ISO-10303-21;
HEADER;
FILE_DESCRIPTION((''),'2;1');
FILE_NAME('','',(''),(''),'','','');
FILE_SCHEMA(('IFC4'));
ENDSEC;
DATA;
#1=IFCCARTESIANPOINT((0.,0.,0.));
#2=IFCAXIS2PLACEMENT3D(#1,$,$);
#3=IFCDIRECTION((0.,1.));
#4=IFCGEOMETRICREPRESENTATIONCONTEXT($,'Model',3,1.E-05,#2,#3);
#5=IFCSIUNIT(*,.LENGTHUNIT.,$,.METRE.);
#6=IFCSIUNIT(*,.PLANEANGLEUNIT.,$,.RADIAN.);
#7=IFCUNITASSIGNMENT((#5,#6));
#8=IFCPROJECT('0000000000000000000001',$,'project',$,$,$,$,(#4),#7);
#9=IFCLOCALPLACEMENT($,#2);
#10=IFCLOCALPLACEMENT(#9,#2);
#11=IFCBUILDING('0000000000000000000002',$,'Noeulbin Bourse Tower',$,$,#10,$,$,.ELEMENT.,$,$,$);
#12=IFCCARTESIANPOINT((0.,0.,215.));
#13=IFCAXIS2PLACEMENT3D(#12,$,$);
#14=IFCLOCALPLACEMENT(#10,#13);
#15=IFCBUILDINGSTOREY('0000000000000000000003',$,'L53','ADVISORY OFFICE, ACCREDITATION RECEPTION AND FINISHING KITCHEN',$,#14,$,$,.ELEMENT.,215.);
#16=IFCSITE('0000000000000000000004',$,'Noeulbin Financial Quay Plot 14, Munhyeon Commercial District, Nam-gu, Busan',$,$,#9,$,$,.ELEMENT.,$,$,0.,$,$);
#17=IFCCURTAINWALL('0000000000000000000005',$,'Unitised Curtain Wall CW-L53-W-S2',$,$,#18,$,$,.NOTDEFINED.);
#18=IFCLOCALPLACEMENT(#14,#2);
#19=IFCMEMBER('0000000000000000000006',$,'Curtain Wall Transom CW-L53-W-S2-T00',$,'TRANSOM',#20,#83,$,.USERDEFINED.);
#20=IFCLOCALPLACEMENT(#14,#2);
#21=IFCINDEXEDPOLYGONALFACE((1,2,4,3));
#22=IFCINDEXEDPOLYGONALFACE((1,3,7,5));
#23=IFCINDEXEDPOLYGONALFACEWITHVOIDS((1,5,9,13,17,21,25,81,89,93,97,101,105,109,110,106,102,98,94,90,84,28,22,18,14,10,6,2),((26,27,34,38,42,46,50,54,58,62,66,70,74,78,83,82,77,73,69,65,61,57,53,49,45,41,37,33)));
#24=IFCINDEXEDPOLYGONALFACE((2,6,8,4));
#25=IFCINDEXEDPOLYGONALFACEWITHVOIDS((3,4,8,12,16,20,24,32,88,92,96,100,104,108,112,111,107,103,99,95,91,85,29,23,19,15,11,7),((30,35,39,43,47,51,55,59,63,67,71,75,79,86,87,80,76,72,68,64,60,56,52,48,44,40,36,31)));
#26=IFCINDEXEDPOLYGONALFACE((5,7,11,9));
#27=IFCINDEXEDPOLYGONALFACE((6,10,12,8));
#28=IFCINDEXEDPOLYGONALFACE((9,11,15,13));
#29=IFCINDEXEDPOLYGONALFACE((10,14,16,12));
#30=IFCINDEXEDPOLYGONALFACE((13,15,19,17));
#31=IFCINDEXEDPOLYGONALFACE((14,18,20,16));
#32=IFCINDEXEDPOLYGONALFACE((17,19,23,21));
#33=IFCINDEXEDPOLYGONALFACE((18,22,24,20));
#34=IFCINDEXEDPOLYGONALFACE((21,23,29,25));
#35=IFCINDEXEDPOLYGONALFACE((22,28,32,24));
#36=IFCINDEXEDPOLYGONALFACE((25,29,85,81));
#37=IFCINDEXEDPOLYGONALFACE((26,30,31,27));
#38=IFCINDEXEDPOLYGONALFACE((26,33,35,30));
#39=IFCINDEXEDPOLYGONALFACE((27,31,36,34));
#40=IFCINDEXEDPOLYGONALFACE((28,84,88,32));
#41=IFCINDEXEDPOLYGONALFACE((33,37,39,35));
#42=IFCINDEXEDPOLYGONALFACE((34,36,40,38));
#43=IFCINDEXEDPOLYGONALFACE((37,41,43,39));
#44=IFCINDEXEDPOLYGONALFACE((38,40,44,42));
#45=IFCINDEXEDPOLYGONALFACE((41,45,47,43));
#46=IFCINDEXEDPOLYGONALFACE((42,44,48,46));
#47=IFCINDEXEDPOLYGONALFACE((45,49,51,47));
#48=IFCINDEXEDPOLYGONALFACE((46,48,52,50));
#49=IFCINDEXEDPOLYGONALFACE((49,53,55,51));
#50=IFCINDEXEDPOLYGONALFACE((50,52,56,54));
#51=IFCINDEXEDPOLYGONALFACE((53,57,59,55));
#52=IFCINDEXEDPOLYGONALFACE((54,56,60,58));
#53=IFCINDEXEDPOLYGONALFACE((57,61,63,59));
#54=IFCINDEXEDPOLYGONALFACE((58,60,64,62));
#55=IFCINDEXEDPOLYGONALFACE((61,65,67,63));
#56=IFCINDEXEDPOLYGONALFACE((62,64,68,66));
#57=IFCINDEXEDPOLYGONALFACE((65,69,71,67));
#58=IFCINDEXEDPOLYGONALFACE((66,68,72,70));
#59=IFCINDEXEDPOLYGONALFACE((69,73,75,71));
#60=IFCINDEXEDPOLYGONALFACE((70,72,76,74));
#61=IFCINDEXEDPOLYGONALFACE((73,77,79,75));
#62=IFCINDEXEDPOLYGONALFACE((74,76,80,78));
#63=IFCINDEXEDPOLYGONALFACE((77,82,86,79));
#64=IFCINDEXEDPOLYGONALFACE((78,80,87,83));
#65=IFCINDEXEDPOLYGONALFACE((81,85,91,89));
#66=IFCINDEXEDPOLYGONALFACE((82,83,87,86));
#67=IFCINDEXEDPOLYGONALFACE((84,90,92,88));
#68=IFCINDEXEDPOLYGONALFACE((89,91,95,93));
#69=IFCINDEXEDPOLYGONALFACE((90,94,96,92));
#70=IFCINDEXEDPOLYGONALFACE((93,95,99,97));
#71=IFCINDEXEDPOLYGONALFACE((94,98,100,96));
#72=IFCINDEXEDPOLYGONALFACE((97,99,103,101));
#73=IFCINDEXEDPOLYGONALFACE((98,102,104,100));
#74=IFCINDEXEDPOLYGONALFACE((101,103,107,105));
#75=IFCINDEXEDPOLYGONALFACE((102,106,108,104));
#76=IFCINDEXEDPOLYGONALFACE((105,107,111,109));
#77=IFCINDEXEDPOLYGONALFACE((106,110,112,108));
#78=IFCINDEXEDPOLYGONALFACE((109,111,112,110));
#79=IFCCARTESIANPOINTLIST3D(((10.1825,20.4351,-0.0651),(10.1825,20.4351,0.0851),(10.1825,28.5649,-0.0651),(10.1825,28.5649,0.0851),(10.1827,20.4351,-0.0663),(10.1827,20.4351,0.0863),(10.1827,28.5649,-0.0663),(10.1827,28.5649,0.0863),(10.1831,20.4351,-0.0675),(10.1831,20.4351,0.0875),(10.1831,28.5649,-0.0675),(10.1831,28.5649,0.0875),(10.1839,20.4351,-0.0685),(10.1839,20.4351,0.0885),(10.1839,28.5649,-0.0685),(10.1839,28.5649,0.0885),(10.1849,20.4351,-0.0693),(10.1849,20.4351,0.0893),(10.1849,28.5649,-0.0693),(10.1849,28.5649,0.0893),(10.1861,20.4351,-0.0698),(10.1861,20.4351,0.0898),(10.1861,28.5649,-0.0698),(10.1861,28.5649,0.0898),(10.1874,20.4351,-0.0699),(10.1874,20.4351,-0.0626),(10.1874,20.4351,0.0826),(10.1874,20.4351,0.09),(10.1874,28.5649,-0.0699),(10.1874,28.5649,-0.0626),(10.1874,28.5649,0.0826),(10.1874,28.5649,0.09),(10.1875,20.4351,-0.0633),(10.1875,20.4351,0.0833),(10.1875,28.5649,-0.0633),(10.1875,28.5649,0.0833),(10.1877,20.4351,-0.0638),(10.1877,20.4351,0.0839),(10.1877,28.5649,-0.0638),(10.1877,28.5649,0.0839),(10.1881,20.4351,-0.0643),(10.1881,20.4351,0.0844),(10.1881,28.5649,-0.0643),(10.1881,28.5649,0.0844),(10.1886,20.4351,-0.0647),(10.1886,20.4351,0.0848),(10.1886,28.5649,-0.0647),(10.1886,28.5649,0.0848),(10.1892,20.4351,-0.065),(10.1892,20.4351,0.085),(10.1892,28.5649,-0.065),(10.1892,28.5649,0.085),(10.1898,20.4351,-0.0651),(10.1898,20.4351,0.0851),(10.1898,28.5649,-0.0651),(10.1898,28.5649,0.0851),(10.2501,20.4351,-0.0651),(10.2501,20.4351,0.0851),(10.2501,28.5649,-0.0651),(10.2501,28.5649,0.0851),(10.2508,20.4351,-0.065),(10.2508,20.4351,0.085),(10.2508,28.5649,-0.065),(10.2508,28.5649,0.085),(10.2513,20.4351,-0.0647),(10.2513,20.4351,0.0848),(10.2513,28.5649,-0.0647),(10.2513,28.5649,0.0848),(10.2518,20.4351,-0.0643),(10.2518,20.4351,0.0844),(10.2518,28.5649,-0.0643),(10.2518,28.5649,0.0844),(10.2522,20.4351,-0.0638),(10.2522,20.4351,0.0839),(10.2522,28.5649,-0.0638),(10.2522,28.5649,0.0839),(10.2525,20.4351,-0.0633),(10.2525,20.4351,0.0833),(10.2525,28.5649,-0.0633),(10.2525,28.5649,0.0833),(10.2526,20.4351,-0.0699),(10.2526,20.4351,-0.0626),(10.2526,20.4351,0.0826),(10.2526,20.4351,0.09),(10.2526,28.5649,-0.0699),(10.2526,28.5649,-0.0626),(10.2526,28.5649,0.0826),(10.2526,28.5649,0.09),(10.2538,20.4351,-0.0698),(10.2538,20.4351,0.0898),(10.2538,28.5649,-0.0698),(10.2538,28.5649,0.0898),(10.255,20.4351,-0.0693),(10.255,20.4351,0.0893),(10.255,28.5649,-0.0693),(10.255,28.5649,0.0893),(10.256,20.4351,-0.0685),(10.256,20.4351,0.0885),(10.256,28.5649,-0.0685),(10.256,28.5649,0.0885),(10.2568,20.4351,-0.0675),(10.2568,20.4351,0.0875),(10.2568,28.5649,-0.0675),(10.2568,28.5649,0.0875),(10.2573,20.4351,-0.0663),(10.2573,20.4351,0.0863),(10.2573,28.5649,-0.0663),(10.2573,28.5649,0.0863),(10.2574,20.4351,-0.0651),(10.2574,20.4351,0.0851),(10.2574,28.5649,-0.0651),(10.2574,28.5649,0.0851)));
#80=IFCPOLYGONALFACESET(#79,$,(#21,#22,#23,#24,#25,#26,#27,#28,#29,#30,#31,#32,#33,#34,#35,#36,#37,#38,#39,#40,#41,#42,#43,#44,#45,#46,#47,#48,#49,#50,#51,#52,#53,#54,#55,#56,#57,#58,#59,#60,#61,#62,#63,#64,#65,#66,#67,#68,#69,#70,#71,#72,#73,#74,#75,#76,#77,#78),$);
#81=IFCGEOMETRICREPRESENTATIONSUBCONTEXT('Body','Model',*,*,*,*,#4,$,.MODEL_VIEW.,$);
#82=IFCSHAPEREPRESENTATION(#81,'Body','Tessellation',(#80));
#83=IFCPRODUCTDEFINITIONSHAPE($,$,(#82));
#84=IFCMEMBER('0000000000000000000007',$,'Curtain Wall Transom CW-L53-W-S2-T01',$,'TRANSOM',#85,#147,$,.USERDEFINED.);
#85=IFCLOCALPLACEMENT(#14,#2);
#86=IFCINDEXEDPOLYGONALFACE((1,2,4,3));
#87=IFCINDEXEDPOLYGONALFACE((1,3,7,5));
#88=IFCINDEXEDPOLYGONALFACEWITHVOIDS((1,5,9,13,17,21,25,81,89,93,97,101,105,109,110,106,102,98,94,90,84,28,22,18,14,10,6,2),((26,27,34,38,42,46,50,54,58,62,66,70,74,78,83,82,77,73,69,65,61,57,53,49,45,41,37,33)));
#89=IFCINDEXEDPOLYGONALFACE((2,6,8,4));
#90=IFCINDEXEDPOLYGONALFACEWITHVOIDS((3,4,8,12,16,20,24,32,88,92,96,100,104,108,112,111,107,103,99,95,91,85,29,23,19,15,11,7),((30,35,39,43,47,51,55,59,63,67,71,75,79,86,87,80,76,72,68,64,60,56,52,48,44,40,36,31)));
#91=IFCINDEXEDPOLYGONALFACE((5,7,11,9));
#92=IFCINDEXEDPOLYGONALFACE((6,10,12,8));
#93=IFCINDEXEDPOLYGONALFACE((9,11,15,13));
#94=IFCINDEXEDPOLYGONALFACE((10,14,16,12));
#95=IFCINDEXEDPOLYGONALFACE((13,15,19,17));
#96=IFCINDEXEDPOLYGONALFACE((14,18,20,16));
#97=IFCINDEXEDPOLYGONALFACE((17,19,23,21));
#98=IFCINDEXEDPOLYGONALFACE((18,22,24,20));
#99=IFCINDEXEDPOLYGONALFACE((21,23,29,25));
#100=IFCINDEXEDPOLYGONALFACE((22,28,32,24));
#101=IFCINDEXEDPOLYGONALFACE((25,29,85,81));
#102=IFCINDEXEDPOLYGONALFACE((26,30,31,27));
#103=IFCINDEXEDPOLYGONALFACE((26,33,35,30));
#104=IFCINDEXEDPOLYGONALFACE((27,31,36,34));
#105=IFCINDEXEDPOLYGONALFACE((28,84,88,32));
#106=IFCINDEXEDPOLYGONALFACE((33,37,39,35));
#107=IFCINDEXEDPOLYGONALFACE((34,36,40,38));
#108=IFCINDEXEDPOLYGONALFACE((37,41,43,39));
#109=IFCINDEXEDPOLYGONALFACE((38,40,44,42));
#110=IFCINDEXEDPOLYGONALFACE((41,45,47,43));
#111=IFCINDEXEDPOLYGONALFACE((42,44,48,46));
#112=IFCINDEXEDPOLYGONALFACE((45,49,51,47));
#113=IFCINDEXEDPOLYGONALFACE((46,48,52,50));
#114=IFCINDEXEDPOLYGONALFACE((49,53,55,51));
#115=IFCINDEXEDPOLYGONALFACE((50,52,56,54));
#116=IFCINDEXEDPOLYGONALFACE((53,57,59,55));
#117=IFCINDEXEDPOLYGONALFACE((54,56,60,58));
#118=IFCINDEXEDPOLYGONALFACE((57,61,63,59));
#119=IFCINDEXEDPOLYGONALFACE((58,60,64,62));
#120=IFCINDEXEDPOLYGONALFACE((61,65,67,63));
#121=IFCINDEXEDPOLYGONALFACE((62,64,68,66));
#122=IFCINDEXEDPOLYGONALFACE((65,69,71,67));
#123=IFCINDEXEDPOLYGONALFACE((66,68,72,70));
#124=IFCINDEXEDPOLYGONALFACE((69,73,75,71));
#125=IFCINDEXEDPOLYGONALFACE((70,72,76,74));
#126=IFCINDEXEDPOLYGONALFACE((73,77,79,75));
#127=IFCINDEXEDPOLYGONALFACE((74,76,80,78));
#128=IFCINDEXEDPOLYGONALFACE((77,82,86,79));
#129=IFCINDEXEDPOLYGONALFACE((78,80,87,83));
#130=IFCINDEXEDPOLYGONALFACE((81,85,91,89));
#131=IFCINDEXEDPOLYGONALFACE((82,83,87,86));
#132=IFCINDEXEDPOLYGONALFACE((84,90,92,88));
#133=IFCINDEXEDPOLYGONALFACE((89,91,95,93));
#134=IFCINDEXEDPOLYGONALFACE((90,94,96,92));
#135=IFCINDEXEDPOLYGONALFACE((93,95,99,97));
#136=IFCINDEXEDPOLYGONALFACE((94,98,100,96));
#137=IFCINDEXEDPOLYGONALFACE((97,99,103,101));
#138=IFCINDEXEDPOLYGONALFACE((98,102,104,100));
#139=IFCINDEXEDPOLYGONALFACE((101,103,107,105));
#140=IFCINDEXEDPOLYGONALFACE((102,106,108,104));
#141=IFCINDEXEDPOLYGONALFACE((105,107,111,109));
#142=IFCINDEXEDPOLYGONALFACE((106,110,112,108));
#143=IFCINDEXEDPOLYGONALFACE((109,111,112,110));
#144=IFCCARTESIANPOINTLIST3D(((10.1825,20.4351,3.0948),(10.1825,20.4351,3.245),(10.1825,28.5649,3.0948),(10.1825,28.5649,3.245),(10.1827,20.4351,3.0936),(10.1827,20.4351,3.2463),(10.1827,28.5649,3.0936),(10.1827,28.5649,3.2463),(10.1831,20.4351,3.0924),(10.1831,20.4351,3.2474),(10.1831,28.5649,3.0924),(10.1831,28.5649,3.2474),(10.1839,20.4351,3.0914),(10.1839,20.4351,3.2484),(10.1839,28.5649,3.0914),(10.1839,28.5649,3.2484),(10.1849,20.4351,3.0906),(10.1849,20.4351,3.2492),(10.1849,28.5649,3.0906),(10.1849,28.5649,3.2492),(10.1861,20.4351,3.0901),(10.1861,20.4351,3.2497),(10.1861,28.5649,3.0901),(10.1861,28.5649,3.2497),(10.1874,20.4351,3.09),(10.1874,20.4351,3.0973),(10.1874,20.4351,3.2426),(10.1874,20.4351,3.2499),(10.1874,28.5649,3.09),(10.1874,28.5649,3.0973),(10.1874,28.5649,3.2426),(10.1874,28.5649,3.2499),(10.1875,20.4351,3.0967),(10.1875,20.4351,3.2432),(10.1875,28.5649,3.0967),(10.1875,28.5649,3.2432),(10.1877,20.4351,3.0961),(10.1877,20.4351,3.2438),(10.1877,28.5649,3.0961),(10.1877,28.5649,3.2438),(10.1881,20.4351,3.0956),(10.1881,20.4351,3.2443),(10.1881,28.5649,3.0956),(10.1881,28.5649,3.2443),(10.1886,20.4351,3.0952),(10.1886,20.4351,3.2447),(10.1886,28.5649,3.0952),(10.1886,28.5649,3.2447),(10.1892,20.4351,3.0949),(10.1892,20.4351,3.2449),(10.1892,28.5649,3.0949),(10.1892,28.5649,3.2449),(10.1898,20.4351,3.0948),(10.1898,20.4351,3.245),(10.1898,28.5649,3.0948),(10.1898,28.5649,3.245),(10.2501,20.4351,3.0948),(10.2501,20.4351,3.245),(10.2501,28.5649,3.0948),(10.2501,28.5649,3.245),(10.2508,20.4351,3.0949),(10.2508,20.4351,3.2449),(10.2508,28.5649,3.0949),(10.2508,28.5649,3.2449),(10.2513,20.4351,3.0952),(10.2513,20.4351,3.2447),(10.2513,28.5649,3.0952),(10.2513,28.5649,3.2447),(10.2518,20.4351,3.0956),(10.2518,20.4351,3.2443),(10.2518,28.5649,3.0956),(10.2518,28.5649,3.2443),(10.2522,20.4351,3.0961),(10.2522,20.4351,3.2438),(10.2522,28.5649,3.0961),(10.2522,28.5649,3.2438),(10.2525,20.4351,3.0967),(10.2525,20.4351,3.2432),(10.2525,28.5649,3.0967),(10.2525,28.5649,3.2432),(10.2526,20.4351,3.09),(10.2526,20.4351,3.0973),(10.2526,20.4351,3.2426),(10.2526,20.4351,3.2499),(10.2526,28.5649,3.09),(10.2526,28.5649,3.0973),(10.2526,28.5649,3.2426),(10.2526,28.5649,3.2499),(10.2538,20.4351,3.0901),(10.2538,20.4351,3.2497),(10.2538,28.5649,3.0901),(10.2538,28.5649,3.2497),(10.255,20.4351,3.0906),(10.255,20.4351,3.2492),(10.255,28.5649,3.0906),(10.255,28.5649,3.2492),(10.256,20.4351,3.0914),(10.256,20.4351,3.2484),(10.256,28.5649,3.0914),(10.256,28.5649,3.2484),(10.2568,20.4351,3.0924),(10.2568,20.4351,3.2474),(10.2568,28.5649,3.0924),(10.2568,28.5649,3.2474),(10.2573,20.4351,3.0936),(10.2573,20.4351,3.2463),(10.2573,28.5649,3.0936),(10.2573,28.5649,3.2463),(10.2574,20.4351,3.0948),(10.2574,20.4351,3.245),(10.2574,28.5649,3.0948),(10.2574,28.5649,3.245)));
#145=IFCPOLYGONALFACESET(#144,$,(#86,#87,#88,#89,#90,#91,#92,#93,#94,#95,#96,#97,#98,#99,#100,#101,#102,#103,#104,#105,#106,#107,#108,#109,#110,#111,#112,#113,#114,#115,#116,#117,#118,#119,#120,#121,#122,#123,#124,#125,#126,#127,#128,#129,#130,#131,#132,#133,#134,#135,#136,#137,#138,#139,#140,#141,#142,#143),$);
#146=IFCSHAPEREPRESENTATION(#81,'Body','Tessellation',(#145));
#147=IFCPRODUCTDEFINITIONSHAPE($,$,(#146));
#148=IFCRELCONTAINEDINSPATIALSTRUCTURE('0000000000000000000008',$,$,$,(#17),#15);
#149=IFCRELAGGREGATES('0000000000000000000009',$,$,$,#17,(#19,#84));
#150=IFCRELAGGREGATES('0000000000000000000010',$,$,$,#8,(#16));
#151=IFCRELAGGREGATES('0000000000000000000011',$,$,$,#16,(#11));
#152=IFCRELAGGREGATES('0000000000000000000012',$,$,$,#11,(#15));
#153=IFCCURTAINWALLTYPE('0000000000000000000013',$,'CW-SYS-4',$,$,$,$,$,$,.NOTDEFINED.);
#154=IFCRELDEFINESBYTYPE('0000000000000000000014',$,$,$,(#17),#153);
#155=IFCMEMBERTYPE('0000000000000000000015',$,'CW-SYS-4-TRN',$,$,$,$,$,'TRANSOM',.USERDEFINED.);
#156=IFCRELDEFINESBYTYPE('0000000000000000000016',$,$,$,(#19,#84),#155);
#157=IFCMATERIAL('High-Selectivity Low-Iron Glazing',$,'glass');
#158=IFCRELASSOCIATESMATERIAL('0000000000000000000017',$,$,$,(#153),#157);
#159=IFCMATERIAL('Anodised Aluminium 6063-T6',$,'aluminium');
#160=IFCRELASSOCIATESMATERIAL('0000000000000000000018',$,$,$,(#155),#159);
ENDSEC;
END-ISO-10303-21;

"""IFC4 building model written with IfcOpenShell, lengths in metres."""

from ifc_helpers import new_model, si_unit, direction, frame, origin, origin_2d, place, context, subcontext, project, spatial, hollow_rectangle, extrude, material, material_profile, profile_set, type_object, element, aggregate, save


model = new_model("IFC4")

# Units and contexts
model_context = context("Model", 3, precision=1e-05, world=origin(), true_north=direction((0.0, 1.0)))
body_context = subcontext(model_context, "Body", "Model", "MODEL_VIEW")
ifc_project = project(units=[si_unit("LENGTHUNIT", "METRE"), si_unit("PLANEANGLEUNIT", "RADIAN")], contexts=[model_context])

# Site, building, storey
site_placement = place(None, origin())
site = spatial("IfcSite", under=ifc_project, at=site_placement, Name="Noeulbin Financial Quay Plot 14, Munhyeon Commercial District, Nam-gu, Busan", CompositionType="ELEMENT", RefElevation=0.0)
building_placement = place(site_placement, origin())
building = spatial("IfcBuilding", under=site, at=building_placement, Name="Noeulbin Bourse Tower", CompositionType="ELEMENT")
storey_placement = place(building_placement, frame((0.0, 0.0, 215.0)))
storey = spatial("IfcBuildingStorey", under=building, at=storey_placement, Name="L53", Description="ADVISORY OFFICE, ACCREDITATION RECEPTION AND FINISHING KITCHEN", CompositionType="ELEMENT", Elevation=215.0)

# Curtain wall
ifc_material_1 = material(Name="High-Selectivity Low-Iron Glazing", Category="glass")
curtain_wall_type = type_object("IfcCurtainWallType", Name="CW-SYS-4", PredefinedType="NOTDEFINED", material=ifc_material_1)
curtain_wall_1_placement = place(storey_placement, origin())
curtain_wall_1 = element("IfcCurtainWall", 1, at=curtain_wall_1_placement, inside=storey, type_object=curtain_wall_type, Name="Unitised Curtain Wall CW-L53-W-S2", PredefinedType="NOTDEFINED")
ifc_material_2 = material(Name="Anodised Aluminium 6063-T6", Category="aluminium")

# Members
ifc_material_profile_1 = material_profile(ifc_material_2, hollow_rectangle(XDim=0.075, YDim=0.1599, WallThickness=0.0049, InnerFilletRadius=0.0024, OuterFilletRadius=0.0049, at=origin_2d()), Name="ALU-TRAN-75x160x5", Category="LoadBearing")
ifc_profile_set_1 = profile_set([ifc_material_profile_1], Name="Anodised Aluminium 6063-T6")
member_type_1 = type_object("IfcMemberType", Name="CW-SYS-4-TRN", ElementType="TRANSOM", PredefinedType="USERDEFINED", material=ifc_profile_set_1)
member_1_placement = place(storey_placement, frame((10.22, 20.4351, 0.01), z_axis=(0.0, 1.0, 0.0), x_axis=(-1.0, 0.0, 0.0)))
member_1 = element("IfcMember", 2, at=member_1_placement, type_object=member_type_1, Name="Curtain Wall Transom CW-L53-W-S2-T00", ObjectType="TRANSOM", PredefinedType="USERDEFINED", context=body_context, shape_type="SweptSolid", body=[
    extrude(hollow_rectangle(XDim=0.075, YDim=0.1599, WallThickness=0.0049, InnerFilletRadius=0.0024, OuterFilletRadius=0.0049, at=origin_2d()), origin(), (0.0, 0.0, 1.0), 8.1299),
])
member_2_placement = place(storey_placement, frame((10.22, 20.4351, 3.1699), z_axis=(0.0, 1.0, 0.0), x_axis=(-1.0, 0.0, 0.0)))
member_2 = element("IfcMember", 3, at=member_2_placement, type_object=member_type_1, Name="Curtain Wall Transom CW-L53-W-S2-T01", ObjectType="TRANSOM", PredefinedType="USERDEFINED", context=body_context, shape_type="SweptSolid", body=[
    extrude(hollow_rectangle(XDim=0.075, YDim=0.1599, WallThickness=0.0049, InnerFilletRadius=0.0024, OuterFilletRadius=0.0049, at=origin_2d()), origin(), (0.0, 0.0, 1.0), 8.1299),
])

aggregate(curtain_wall_1, [member_1, member_2])

save(model, "model.ifc")
